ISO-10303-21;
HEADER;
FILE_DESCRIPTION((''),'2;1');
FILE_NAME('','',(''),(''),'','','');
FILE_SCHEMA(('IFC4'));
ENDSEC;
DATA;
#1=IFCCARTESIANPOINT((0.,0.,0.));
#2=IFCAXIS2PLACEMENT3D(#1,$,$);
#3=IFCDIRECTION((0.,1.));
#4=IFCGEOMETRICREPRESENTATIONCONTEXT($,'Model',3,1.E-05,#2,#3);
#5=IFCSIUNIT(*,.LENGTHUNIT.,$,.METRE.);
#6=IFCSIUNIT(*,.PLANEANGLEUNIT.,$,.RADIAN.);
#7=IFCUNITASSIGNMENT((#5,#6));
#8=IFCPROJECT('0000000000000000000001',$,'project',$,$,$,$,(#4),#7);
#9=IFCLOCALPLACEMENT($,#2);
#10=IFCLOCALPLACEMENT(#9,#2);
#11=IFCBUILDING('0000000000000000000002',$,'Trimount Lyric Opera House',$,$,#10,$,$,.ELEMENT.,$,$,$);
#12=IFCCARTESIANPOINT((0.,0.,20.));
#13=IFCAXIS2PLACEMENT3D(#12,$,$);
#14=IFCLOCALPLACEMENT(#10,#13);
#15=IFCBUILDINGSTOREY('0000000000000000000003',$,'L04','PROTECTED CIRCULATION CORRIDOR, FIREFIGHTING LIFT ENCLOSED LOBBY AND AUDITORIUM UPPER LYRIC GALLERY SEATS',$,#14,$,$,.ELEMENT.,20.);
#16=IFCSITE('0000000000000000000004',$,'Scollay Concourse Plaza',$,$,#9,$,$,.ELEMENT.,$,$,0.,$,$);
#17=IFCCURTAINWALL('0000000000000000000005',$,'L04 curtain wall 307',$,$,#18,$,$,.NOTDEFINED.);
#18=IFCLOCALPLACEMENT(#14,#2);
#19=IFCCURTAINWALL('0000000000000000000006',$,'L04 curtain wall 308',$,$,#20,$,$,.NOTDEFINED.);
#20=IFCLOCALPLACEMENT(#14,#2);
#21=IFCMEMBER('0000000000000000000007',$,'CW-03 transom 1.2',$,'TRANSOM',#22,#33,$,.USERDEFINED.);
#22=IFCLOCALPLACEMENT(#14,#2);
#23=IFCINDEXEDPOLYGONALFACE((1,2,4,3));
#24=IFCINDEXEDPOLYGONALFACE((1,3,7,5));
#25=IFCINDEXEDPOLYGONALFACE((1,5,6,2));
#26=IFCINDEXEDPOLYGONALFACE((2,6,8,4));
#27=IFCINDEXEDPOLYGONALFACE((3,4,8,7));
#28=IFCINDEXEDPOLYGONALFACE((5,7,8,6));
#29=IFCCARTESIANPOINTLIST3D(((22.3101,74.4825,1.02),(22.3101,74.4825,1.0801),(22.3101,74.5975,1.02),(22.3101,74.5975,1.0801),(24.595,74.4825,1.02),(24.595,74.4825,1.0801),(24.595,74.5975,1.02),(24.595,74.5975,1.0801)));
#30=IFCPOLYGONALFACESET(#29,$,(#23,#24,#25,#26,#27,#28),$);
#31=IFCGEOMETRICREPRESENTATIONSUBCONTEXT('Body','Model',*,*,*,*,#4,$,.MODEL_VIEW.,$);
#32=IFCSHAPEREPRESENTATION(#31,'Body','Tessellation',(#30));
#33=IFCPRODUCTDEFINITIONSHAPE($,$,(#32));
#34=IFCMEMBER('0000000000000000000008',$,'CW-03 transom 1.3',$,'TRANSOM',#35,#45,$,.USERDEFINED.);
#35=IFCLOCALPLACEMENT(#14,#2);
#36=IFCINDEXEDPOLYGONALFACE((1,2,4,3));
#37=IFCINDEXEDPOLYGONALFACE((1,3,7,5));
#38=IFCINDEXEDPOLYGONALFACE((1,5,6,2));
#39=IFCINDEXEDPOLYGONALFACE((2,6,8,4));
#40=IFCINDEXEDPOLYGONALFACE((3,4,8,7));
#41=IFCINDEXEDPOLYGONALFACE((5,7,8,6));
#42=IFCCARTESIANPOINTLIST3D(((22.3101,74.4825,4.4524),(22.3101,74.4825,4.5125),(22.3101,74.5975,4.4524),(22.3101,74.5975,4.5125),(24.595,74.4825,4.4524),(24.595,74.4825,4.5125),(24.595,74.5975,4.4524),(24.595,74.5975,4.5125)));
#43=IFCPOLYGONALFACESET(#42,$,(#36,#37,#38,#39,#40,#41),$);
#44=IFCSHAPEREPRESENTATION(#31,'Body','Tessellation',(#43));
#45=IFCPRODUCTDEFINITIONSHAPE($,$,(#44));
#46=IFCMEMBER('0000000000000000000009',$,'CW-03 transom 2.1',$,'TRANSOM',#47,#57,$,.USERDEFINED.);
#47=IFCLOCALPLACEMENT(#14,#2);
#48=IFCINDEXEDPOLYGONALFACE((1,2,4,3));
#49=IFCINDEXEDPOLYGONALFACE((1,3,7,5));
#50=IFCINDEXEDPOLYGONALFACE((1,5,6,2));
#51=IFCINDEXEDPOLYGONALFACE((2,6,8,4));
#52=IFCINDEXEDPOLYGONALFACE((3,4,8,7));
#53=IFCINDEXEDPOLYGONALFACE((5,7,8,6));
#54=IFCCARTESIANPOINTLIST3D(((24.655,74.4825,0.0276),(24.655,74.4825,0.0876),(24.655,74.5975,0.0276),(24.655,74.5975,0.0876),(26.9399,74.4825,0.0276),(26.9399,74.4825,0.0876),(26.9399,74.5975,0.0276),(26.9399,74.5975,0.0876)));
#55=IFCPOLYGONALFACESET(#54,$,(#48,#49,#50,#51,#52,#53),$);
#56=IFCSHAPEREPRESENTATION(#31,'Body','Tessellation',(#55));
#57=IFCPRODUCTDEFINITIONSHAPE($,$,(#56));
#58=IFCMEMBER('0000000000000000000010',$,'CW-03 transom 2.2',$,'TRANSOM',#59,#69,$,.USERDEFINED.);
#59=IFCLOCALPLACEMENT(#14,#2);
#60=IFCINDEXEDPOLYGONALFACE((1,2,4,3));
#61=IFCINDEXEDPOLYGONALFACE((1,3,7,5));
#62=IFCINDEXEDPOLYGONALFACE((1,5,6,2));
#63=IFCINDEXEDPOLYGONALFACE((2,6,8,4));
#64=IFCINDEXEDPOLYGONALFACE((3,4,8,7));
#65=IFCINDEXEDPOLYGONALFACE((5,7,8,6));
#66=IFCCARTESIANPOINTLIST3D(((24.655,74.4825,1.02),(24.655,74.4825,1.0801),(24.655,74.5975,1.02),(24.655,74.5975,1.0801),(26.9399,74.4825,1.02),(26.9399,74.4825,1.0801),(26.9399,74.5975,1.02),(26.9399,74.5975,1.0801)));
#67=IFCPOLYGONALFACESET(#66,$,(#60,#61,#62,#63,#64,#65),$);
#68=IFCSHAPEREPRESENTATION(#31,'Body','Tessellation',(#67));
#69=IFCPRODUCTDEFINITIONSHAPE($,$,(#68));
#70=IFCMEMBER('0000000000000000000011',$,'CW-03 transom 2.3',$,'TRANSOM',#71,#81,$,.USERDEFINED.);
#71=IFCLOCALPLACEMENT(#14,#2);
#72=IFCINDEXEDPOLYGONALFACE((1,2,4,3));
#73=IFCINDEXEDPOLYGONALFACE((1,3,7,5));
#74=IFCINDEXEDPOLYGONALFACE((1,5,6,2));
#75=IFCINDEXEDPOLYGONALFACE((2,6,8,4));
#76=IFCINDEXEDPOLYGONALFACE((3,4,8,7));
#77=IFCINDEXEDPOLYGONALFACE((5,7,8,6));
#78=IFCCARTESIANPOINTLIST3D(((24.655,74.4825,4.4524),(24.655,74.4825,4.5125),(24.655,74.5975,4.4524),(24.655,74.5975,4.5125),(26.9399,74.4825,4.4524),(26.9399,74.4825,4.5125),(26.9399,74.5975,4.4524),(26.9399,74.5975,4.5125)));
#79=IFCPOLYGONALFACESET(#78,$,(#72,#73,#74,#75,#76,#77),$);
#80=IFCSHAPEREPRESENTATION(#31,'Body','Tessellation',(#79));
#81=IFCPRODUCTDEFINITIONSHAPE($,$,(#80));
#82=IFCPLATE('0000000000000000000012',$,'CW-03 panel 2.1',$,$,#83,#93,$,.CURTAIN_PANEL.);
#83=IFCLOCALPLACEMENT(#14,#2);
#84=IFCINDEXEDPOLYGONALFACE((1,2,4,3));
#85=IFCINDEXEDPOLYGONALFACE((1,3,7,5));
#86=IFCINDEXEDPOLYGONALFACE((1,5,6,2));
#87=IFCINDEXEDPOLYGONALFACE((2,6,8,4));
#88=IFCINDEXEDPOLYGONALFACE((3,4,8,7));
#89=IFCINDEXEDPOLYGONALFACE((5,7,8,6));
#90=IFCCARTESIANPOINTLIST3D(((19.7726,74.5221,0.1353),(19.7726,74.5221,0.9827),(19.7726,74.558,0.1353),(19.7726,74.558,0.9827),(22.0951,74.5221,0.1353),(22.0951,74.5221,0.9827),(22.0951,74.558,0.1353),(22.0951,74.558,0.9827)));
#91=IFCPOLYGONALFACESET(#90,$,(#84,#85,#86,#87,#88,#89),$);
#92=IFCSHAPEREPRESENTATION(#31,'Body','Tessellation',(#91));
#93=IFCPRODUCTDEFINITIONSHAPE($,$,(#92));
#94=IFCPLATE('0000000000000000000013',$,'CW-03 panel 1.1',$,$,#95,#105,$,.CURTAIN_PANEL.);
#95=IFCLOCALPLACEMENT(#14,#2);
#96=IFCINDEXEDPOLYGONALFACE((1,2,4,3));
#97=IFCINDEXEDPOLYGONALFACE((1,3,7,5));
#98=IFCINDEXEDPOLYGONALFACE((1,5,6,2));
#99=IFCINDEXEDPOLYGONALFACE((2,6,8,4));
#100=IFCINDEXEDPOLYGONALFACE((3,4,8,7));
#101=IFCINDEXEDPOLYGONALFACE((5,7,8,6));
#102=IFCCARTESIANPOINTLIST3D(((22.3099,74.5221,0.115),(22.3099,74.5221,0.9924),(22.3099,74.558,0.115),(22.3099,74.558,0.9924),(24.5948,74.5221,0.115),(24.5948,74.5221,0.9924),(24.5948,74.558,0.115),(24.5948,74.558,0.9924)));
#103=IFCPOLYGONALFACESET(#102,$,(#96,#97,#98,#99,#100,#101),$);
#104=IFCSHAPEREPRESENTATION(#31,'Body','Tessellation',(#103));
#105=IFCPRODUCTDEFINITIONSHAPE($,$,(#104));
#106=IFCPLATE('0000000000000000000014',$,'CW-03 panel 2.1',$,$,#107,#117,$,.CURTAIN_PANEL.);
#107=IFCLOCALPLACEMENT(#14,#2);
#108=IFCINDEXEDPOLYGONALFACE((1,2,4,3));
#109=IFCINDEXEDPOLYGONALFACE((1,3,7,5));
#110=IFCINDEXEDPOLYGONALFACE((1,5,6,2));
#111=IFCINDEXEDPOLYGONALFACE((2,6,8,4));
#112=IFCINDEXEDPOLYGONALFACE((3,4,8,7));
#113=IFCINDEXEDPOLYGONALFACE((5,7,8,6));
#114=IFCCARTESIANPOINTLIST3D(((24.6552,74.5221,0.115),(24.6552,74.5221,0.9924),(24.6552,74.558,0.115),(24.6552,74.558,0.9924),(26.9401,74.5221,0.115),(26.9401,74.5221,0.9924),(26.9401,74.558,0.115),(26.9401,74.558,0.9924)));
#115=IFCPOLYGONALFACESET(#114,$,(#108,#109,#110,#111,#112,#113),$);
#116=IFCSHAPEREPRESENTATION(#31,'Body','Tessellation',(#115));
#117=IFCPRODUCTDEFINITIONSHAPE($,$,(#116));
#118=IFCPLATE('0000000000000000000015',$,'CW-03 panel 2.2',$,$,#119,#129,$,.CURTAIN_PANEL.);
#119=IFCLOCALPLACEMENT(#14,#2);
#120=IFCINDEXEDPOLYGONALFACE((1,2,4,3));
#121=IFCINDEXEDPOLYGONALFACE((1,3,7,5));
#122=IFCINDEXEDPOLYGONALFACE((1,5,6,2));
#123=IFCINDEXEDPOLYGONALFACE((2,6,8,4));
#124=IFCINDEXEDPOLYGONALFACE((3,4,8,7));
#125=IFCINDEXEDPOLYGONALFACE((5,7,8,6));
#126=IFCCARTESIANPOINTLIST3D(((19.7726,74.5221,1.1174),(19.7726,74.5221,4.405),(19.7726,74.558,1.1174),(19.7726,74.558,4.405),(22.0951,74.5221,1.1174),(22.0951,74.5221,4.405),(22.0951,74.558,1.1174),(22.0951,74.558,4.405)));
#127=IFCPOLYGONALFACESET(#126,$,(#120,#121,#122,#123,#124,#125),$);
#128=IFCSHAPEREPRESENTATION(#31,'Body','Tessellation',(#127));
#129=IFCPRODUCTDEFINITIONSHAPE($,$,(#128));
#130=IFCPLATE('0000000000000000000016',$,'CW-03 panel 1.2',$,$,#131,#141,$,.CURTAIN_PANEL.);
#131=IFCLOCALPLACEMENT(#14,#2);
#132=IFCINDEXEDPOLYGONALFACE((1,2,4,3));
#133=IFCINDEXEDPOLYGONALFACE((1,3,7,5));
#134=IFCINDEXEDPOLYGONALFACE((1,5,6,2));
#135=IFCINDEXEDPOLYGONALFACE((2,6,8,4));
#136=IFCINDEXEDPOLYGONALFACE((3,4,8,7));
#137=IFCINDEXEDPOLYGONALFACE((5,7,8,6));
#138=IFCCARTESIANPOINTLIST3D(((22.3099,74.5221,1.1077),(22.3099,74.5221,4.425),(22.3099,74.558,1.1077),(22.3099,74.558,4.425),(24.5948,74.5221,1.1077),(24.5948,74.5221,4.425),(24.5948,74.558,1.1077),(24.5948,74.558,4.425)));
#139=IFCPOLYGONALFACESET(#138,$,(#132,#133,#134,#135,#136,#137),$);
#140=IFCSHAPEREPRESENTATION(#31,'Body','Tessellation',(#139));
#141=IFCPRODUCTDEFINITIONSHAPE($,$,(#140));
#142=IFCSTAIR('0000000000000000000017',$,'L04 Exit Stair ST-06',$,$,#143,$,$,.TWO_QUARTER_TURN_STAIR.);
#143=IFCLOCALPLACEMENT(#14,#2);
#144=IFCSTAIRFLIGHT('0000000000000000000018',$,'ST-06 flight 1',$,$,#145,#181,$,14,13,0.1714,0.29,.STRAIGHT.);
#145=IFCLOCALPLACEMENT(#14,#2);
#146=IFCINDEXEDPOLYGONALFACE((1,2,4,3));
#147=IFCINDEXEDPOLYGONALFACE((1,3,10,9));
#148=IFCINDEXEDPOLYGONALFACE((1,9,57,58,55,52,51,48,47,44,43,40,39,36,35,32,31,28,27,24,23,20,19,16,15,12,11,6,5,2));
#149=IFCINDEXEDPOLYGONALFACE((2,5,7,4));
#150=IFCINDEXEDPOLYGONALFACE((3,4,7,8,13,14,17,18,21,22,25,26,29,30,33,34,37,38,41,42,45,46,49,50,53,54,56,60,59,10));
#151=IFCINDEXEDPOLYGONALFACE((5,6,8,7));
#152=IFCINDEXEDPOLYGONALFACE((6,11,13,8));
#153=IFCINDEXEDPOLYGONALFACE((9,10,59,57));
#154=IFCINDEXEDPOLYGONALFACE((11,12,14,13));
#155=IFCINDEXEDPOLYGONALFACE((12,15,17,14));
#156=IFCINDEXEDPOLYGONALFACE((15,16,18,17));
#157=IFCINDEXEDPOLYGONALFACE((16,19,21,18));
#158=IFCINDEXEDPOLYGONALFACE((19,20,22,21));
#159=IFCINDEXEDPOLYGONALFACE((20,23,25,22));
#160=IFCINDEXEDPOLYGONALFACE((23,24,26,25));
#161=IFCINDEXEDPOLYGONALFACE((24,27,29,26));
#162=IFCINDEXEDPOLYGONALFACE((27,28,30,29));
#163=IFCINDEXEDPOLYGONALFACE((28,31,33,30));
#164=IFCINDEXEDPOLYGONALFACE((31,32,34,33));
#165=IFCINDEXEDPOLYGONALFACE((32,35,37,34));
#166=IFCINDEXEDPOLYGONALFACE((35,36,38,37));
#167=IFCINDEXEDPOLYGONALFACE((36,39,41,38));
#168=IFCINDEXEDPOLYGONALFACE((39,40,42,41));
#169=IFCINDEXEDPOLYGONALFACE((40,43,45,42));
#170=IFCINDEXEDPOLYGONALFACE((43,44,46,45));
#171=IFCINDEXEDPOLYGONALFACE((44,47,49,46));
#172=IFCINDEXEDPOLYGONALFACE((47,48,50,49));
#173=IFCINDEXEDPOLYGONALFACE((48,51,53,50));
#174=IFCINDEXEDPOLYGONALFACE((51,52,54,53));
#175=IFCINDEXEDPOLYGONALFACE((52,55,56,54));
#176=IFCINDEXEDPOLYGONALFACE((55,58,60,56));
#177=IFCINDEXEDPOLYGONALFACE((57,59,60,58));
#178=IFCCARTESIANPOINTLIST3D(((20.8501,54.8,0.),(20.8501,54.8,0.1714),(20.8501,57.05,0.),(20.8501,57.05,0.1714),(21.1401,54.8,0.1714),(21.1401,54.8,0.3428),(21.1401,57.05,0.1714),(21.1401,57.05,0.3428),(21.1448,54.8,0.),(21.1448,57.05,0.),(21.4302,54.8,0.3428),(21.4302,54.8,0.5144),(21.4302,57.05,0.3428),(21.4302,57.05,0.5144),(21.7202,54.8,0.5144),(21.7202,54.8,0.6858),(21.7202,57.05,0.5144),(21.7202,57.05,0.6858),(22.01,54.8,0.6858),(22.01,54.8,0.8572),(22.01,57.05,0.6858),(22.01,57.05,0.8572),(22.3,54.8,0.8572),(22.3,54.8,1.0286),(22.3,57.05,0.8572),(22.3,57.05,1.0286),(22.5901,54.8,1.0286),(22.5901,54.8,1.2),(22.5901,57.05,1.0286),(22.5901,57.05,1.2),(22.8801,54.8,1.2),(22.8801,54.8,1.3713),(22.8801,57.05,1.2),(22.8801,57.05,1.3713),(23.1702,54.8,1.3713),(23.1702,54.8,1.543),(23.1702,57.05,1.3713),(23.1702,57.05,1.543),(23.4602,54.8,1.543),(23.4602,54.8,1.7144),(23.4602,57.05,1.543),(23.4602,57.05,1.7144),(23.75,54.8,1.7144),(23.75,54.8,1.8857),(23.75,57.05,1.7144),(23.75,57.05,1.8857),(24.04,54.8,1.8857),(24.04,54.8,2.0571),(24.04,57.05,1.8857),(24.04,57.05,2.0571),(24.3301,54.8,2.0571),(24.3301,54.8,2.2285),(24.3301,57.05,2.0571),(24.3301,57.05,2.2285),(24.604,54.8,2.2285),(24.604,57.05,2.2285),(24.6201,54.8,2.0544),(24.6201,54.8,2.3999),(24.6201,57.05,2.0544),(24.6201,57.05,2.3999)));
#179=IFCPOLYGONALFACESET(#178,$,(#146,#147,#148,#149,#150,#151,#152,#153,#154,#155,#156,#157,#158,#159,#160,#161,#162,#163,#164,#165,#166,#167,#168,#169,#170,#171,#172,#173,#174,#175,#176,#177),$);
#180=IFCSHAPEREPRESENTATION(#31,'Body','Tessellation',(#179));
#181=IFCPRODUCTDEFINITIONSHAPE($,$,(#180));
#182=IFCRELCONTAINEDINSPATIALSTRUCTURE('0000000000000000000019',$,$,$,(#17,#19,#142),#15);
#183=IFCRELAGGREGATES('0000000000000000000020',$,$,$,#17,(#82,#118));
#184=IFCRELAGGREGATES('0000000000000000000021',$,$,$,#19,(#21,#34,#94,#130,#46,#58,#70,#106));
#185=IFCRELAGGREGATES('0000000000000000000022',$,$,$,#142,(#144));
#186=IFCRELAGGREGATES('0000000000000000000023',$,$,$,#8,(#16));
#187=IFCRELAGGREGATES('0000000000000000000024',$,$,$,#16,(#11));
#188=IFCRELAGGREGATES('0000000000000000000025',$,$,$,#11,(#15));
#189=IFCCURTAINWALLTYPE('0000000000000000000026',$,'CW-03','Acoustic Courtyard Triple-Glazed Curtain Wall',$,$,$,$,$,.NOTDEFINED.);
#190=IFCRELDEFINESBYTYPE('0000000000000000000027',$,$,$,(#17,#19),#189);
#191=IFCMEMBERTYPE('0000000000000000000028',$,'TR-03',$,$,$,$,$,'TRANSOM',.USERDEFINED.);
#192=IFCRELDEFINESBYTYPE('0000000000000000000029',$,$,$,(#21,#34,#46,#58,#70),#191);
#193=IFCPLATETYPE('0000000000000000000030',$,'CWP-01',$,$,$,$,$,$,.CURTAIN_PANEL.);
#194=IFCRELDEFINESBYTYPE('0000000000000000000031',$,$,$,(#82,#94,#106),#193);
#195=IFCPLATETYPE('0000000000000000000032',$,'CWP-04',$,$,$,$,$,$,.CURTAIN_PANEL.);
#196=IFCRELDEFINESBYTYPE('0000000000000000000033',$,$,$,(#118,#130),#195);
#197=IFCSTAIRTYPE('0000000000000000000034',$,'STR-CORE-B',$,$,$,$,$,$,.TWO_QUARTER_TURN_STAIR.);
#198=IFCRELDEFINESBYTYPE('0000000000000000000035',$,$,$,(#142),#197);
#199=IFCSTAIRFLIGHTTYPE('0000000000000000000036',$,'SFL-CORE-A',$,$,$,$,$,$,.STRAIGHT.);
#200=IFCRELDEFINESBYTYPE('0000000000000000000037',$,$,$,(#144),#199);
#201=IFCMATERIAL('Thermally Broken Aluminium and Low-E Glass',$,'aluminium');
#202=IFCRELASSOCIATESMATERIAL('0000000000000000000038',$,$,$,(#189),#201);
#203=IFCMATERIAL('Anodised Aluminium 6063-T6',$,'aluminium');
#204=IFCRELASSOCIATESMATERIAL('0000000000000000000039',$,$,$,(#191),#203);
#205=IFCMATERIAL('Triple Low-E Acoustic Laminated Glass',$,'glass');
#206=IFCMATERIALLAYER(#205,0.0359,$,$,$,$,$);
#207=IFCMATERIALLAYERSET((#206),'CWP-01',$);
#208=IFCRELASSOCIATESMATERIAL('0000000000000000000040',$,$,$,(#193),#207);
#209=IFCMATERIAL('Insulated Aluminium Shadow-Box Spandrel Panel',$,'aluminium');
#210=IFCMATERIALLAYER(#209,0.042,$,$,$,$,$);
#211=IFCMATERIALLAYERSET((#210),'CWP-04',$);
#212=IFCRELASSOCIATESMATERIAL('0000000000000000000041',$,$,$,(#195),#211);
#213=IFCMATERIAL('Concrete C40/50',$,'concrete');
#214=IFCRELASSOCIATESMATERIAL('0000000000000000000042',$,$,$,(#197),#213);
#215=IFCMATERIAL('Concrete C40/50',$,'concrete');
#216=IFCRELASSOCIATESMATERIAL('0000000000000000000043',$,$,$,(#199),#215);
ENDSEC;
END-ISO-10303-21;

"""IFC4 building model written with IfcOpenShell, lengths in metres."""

from ifc_helpers import new_model, si_unit, direction, frame, origin, origin_2d, place, context, subcontext, project, spatial, polyline, rectangle, outline, extrude, material, layer, layer_set, material_profile, profile_set, type_object, element, aggregate, save


model = new_model("IFC4")

# Units and contexts
model_context = context("Model", 3, precision=1e-05, world=origin(), true_north=direction((0.0, 1.0)))
body_context = subcontext(model_context, "Body", "Model", "MODEL_VIEW")
ifc_project = project(units=[si_unit("LENGTHUNIT", "METRE"), si_unit("PLANEANGLEUNIT", "RADIAN")], contexts=[model_context])

# Site, building, storey
site_placement = place(None, origin())
site = spatial("IfcSite", under=ifc_project, at=site_placement, Name="Scollay Concourse Plaza", CompositionType="ELEMENT", RefElevation=0.0)
building_placement = place(site_placement, origin())
building = spatial("IfcBuilding", under=site, at=building_placement, Name="Trimount Lyric Opera House", CompositionType="ELEMENT")
storey_placement = place(building_placement, frame((0.0, 0.0, 20.0)))
storey = spatial("IfcBuildingStorey", under=building, at=storey_placement, Name="L04", Description="PROTECTED CIRCULATION CORRIDOR, FIREFIGHTING LIFT ENCLOSED LOBBY AND AUDITORIUM UPPER LYRIC GALLERY SEATS", CompositionType="ELEMENT", Elevation=20.0)

# Curtain wall
ifc_material_1 = material(Name="Thermally Broken Aluminium and Low-E Glass", Category="aluminium")
curtain_wall_type = type_object("IfcCurtainWallType", Name="CW-03", Description="Acoustic Courtyard Triple-Glazed Curtain Wall", PredefinedType="NOTDEFINED", material=ifc_material_1)
curtain_wall_1_placement = place(storey_placement, origin())
curtain_wall_1 = element("IfcCurtainWall", 1, at=curtain_wall_1_placement, inside=storey, type_object=curtain_wall_type, Name="L04 curtain wall 307", PredefinedType="NOTDEFINED")

# Curtain wall
curtain_wall_2_placement = place(storey_placement, origin())
curtain_wall_2 = element("IfcCurtainWall", 2, at=curtain_wall_2_placement, inside=storey, type_object=curtain_wall_type, Name="L04 curtain wall 308", PredefinedType="NOTDEFINED")

# Members
ifc_material_2 = material(Name="Anodised Aluminium 6063-T6", Category="aluminium")
ifc_material_profile_1 = material_profile(ifc_material_2, rectangle(XDim=0.115, YDim=0.0601, at=origin_2d()), Name="ALU-TRAN-60X115")
ifc_profile_set_1 = profile_set([ifc_material_profile_1], Name="Anodised Aluminium 6063-T6")
member_type_1 = type_object("IfcMemberType", Name="TR-03", ElementType="TRANSOM", PredefinedType="USERDEFINED", material=ifc_profile_set_1)
member_1_placement = place(storey_placement, frame((22.3101, 74.54, 1.05), z_axis=(1.0, 0.0, 0.0), x_axis=(0.0, 1.0, 0.0)))
member_1 = element("IfcMember", 3, at=member_1_placement, type_object=member_type_1, Name="CW-03 transom 1.2", ObjectType="TRANSOM", PredefinedType="USERDEFINED", context=body_context, shape_type="SweptSolid", body=[
    extrude(rectangle(XDim=0.115, YDim=0.0601, at=origin_2d()), origin(), (0.0, 0.0, 1.0), 2.2849),
])
member_2_placement = place(storey_placement, frame((22.3101, 74.54, 4.4824), z_axis=(1.0, 0.0, 0.0), x_axis=(0.0, 1.0, 0.0)))
member_2 = element("IfcMember", 4, at=member_2_placement, type_object=member_type_1, Name="CW-03 transom 1.3", ObjectType="TRANSOM", PredefinedType="USERDEFINED", context=body_context, shape_type="SweptSolid", body=[
    extrude(rectangle(XDim=0.115, YDim=0.0601, at=origin_2d()), origin(), (0.0, 0.0, 1.0), 2.2849),
])
member_3_placement = place(storey_placement, frame((24.655, 74.54, 0.0576), z_axis=(1.0, 0.0, 0.0), x_axis=(0.0, 1.0, 0.0)))
member_3 = element("IfcMember", 5, at=member_3_placement, type_object=member_type_1, Name="CW-03 transom 2.1", ObjectType="TRANSOM", PredefinedType="USERDEFINED", context=body_context, shape_type="SweptSolid", body=[
    extrude(rectangle(XDim=0.115, YDim=0.0601, at=origin_2d()), origin(), (0.0, 0.0, 1.0), 2.2849),
])
member_4_placement = place(storey_placement, frame((24.655, 74.54, 1.05), z_axis=(1.0, 0.0, 0.0), x_axis=(0.0, 1.0, 0.0)))
member_4 = element("IfcMember", 6, at=member_4_placement, type_object=member_type_1, Name="CW-03 transom 2.2", ObjectType="TRANSOM", PredefinedType="USERDEFINED", context=body_context, shape_type="SweptSolid", body=[
    extrude(rectangle(XDim=0.115, YDim=0.0601, at=origin_2d()), origin(), (0.0, 0.0, 1.0), 2.2849),
])
member_5_placement = place(storey_placement, frame((24.655, 74.54, 4.4824), z_axis=(1.0, 0.0, 0.0), x_axis=(0.0, 1.0, 0.0)))
member_5 = element("IfcMember", 7, at=member_5_placement, type_object=member_type_1, Name="CW-03 transom 2.3", ObjectType="TRANSOM", PredefinedType="USERDEFINED", context=body_context, shape_type="SweptSolid", body=[
    extrude(rectangle(XDim=0.115, YDim=0.0601, at=origin_2d()), origin(), (0.0, 0.0, 1.0), 2.2849),
])

# Plates
ifc_material_3 = material(Name="Triple Low-E Acoustic Laminated Glass", Category="glass")
ifc_layer_1 = layer(ifc_material_3, 0.0359)
ifc_layer_set_1 = layer_set([ifc_layer_1], Name="CWP-01")
plate_type_1 = type_object("IfcPlateType", Name="CWP-01", PredefinedType="CURTAIN_PANEL", material=ifc_layer_set_1)
plate_1_placement = place(storey_placement, frame((20.9338, 74.54, 0.1353), z_axis=(0.0, 0.0, 1.0), x_axis=(1.0, 0.0, 0.0)))
plate_1 = element("IfcPlate", 8, at=plate_1_placement, type_object=plate_type_1, Name="CW-03 panel 2.1", PredefinedType="CURTAIN_PANEL", context=body_context, shape_type="SweptSolid", body=[
    extrude(rectangle(XDim=2.3225, YDim=0.0359, at=origin_2d()), origin(), (0.0, 0.0, 1.0), 0.8474),
])
plate_2_placement = place(storey_placement, frame((23.4524, 74.54, 0.115), z_axis=(0.0, 0.0, 1.0), x_axis=(1.0, 0.0, 0.0)))
plate_2 = element("IfcPlate", 9, at=plate_2_placement, type_object=plate_type_1, Name="CW-03 panel 1.1", PredefinedType="CURTAIN_PANEL", context=body_context, shape_type="SweptSolid", body=[
    extrude(rectangle(XDim=2.2849, YDim=0.0359, at=origin_2d()), origin(), (0.0, 0.0, 1.0), 0.8774),
])
plate_3_placement = place(storey_placement, frame((25.7976, 74.54, 0.115), z_axis=(0.0, 0.0, 1.0), x_axis=(1.0, 0.0, 0.0)))
plate_3 = element("IfcPlate", 10, at=plate_3_placement, type_object=plate_type_1, Name="CW-03 panel 2.1", PredefinedType="CURTAIN_PANEL", context=body_context, shape_type="SweptSolid", body=[
    extrude(rectangle(XDim=2.2849, YDim=0.0359, at=origin_2d()), origin(), (0.0, 0.0, 1.0), 0.8774),
])
ifc_material_4 = material(Name="Insulated Aluminium Shadow-Box Spandrel Panel", Category="aluminium")
ifc_layer_2 = layer(ifc_material_4, 0.042)
ifc_layer_set_2 = layer_set([ifc_layer_2], Name="CWP-04")
plate_type_2 = type_object("IfcPlateType", Name="CWP-04", PredefinedType="CURTAIN_PANEL", material=ifc_layer_set_2)
plate_4_placement = place(storey_placement, frame((20.9338, 74.54, 1.1174), z_axis=(0.0, 0.0, 1.0), x_axis=(1.0, 0.0, 0.0)))
plate_4 = element("IfcPlate", 11, at=plate_4_placement, type_object=plate_type_2, Name="CW-03 panel 2.2", PredefinedType="CURTAIN_PANEL", context=body_context, shape_type="SweptSolid", body=[
    extrude(rectangle(XDim=2.3225, YDim=0.0359, at=origin_2d()), origin(), (0.0, 0.0, 1.0), 3.2876),
])
aggregate(curtain_wall_1, [plate_1, plate_4])
plate_5_placement = place(storey_placement, frame((23.4524, 74.54, 1.1077), z_axis=(0.0, 0.0, 1.0), x_axis=(1.0, 0.0, 0.0)))
plate_5 = element("IfcPlate", 12, at=plate_5_placement, type_object=plate_type_2, Name="CW-03 panel 1.2", PredefinedType="CURTAIN_PANEL", context=body_context, shape_type="SweptSolid", body=[
    extrude(rectangle(XDim=2.2849, YDim=0.0359, at=origin_2d()), origin(), (0.0, 0.0, 1.0), 3.3174),
])
aggregate(curtain_wall_2, [member_1, member_2, plate_2, plate_5, member_3, member_4, member_5, plate_3])

# Stair, stair flight
ifc_material_5 = material(Name="Concrete C40/50", Category="concrete")
stair_type = type_object("IfcStairType", Name="STR-CORE-B", PredefinedType="TWO_QUARTER_TURN_STAIR", material=ifc_material_5)
stair_placement = place(storey_placement, origin())
stair = element("IfcStair", 13, at=stair_placement, inside=storey, type_object=stair_type, Name="L04 Exit Stair ST-06", PredefinedType="TWO_QUARTER_TURN_STAIR")
ifc_material_6 = material(Name="Concrete C40/50", Category="concrete")
stair_flight_type = type_object("IfcStairFlightType", Name="SFL-CORE-A", PredefinedType="STRAIGHT", material=ifc_material_6)
stair_flight_1_placement = place(storey_placement, frame((20.8501, 55.925, 0.0), z_axis=(0.0, 0.0, 1.0), x_axis=(1.0, 0.0, 0.0)))
stair_flight_1 = element("IfcStairFlight", 14, at=stair_flight_1_placement, type_object=stair_flight_type, Name="ST-06 flight 1", NumberOfRisers=14, NumberOfTreads=13, PredefinedType="STRAIGHT", RiserHeight=0.1714, TreadLength=0.29, context=body_context, shape_type="SweptSolid", body=[
    extrude(outline(polyline([(0.0, 0.0), (0.0, 0.1714), (0.29, 0.1714), (0.29, 0.3428), (0.5801, 0.3428), (0.5801, 0.5144), (0.8701, 0.5144), (0.8701, 0.6858), (1.1599, 0.6858), (1.1599, 0.8572), (1.45, 0.8572), (1.45, 1.0286), (1.74, 1.0286), (1.74, 1.2), (2.03, 1.2), (2.03, 1.3713), (2.3201, 1.3713), (2.3201, 1.543), (2.6101, 1.543), (2.6101, 1.7144), (2.8999, 1.7144), (2.8999, 1.8857), (3.1899, 1.8857), (3.1899, 2.0571), (3.48, 2.0571), (3.48, 2.2285), (3.7539, 2.2285), (3.77, 2.3999), (3.77, 2.0544), (0.2947, 0.0), (0.0, 0.0)])), frame((0.0, 1.125, 0.0), z_axis=(0.0, -1.0, 0.0), x_axis=(1.0, 0.0, 0.0)), (0.0, 0.0, 1.0), 2.25),
])
aggregate(stair, [stair_flight_1])

save(model, "model.ifc")
